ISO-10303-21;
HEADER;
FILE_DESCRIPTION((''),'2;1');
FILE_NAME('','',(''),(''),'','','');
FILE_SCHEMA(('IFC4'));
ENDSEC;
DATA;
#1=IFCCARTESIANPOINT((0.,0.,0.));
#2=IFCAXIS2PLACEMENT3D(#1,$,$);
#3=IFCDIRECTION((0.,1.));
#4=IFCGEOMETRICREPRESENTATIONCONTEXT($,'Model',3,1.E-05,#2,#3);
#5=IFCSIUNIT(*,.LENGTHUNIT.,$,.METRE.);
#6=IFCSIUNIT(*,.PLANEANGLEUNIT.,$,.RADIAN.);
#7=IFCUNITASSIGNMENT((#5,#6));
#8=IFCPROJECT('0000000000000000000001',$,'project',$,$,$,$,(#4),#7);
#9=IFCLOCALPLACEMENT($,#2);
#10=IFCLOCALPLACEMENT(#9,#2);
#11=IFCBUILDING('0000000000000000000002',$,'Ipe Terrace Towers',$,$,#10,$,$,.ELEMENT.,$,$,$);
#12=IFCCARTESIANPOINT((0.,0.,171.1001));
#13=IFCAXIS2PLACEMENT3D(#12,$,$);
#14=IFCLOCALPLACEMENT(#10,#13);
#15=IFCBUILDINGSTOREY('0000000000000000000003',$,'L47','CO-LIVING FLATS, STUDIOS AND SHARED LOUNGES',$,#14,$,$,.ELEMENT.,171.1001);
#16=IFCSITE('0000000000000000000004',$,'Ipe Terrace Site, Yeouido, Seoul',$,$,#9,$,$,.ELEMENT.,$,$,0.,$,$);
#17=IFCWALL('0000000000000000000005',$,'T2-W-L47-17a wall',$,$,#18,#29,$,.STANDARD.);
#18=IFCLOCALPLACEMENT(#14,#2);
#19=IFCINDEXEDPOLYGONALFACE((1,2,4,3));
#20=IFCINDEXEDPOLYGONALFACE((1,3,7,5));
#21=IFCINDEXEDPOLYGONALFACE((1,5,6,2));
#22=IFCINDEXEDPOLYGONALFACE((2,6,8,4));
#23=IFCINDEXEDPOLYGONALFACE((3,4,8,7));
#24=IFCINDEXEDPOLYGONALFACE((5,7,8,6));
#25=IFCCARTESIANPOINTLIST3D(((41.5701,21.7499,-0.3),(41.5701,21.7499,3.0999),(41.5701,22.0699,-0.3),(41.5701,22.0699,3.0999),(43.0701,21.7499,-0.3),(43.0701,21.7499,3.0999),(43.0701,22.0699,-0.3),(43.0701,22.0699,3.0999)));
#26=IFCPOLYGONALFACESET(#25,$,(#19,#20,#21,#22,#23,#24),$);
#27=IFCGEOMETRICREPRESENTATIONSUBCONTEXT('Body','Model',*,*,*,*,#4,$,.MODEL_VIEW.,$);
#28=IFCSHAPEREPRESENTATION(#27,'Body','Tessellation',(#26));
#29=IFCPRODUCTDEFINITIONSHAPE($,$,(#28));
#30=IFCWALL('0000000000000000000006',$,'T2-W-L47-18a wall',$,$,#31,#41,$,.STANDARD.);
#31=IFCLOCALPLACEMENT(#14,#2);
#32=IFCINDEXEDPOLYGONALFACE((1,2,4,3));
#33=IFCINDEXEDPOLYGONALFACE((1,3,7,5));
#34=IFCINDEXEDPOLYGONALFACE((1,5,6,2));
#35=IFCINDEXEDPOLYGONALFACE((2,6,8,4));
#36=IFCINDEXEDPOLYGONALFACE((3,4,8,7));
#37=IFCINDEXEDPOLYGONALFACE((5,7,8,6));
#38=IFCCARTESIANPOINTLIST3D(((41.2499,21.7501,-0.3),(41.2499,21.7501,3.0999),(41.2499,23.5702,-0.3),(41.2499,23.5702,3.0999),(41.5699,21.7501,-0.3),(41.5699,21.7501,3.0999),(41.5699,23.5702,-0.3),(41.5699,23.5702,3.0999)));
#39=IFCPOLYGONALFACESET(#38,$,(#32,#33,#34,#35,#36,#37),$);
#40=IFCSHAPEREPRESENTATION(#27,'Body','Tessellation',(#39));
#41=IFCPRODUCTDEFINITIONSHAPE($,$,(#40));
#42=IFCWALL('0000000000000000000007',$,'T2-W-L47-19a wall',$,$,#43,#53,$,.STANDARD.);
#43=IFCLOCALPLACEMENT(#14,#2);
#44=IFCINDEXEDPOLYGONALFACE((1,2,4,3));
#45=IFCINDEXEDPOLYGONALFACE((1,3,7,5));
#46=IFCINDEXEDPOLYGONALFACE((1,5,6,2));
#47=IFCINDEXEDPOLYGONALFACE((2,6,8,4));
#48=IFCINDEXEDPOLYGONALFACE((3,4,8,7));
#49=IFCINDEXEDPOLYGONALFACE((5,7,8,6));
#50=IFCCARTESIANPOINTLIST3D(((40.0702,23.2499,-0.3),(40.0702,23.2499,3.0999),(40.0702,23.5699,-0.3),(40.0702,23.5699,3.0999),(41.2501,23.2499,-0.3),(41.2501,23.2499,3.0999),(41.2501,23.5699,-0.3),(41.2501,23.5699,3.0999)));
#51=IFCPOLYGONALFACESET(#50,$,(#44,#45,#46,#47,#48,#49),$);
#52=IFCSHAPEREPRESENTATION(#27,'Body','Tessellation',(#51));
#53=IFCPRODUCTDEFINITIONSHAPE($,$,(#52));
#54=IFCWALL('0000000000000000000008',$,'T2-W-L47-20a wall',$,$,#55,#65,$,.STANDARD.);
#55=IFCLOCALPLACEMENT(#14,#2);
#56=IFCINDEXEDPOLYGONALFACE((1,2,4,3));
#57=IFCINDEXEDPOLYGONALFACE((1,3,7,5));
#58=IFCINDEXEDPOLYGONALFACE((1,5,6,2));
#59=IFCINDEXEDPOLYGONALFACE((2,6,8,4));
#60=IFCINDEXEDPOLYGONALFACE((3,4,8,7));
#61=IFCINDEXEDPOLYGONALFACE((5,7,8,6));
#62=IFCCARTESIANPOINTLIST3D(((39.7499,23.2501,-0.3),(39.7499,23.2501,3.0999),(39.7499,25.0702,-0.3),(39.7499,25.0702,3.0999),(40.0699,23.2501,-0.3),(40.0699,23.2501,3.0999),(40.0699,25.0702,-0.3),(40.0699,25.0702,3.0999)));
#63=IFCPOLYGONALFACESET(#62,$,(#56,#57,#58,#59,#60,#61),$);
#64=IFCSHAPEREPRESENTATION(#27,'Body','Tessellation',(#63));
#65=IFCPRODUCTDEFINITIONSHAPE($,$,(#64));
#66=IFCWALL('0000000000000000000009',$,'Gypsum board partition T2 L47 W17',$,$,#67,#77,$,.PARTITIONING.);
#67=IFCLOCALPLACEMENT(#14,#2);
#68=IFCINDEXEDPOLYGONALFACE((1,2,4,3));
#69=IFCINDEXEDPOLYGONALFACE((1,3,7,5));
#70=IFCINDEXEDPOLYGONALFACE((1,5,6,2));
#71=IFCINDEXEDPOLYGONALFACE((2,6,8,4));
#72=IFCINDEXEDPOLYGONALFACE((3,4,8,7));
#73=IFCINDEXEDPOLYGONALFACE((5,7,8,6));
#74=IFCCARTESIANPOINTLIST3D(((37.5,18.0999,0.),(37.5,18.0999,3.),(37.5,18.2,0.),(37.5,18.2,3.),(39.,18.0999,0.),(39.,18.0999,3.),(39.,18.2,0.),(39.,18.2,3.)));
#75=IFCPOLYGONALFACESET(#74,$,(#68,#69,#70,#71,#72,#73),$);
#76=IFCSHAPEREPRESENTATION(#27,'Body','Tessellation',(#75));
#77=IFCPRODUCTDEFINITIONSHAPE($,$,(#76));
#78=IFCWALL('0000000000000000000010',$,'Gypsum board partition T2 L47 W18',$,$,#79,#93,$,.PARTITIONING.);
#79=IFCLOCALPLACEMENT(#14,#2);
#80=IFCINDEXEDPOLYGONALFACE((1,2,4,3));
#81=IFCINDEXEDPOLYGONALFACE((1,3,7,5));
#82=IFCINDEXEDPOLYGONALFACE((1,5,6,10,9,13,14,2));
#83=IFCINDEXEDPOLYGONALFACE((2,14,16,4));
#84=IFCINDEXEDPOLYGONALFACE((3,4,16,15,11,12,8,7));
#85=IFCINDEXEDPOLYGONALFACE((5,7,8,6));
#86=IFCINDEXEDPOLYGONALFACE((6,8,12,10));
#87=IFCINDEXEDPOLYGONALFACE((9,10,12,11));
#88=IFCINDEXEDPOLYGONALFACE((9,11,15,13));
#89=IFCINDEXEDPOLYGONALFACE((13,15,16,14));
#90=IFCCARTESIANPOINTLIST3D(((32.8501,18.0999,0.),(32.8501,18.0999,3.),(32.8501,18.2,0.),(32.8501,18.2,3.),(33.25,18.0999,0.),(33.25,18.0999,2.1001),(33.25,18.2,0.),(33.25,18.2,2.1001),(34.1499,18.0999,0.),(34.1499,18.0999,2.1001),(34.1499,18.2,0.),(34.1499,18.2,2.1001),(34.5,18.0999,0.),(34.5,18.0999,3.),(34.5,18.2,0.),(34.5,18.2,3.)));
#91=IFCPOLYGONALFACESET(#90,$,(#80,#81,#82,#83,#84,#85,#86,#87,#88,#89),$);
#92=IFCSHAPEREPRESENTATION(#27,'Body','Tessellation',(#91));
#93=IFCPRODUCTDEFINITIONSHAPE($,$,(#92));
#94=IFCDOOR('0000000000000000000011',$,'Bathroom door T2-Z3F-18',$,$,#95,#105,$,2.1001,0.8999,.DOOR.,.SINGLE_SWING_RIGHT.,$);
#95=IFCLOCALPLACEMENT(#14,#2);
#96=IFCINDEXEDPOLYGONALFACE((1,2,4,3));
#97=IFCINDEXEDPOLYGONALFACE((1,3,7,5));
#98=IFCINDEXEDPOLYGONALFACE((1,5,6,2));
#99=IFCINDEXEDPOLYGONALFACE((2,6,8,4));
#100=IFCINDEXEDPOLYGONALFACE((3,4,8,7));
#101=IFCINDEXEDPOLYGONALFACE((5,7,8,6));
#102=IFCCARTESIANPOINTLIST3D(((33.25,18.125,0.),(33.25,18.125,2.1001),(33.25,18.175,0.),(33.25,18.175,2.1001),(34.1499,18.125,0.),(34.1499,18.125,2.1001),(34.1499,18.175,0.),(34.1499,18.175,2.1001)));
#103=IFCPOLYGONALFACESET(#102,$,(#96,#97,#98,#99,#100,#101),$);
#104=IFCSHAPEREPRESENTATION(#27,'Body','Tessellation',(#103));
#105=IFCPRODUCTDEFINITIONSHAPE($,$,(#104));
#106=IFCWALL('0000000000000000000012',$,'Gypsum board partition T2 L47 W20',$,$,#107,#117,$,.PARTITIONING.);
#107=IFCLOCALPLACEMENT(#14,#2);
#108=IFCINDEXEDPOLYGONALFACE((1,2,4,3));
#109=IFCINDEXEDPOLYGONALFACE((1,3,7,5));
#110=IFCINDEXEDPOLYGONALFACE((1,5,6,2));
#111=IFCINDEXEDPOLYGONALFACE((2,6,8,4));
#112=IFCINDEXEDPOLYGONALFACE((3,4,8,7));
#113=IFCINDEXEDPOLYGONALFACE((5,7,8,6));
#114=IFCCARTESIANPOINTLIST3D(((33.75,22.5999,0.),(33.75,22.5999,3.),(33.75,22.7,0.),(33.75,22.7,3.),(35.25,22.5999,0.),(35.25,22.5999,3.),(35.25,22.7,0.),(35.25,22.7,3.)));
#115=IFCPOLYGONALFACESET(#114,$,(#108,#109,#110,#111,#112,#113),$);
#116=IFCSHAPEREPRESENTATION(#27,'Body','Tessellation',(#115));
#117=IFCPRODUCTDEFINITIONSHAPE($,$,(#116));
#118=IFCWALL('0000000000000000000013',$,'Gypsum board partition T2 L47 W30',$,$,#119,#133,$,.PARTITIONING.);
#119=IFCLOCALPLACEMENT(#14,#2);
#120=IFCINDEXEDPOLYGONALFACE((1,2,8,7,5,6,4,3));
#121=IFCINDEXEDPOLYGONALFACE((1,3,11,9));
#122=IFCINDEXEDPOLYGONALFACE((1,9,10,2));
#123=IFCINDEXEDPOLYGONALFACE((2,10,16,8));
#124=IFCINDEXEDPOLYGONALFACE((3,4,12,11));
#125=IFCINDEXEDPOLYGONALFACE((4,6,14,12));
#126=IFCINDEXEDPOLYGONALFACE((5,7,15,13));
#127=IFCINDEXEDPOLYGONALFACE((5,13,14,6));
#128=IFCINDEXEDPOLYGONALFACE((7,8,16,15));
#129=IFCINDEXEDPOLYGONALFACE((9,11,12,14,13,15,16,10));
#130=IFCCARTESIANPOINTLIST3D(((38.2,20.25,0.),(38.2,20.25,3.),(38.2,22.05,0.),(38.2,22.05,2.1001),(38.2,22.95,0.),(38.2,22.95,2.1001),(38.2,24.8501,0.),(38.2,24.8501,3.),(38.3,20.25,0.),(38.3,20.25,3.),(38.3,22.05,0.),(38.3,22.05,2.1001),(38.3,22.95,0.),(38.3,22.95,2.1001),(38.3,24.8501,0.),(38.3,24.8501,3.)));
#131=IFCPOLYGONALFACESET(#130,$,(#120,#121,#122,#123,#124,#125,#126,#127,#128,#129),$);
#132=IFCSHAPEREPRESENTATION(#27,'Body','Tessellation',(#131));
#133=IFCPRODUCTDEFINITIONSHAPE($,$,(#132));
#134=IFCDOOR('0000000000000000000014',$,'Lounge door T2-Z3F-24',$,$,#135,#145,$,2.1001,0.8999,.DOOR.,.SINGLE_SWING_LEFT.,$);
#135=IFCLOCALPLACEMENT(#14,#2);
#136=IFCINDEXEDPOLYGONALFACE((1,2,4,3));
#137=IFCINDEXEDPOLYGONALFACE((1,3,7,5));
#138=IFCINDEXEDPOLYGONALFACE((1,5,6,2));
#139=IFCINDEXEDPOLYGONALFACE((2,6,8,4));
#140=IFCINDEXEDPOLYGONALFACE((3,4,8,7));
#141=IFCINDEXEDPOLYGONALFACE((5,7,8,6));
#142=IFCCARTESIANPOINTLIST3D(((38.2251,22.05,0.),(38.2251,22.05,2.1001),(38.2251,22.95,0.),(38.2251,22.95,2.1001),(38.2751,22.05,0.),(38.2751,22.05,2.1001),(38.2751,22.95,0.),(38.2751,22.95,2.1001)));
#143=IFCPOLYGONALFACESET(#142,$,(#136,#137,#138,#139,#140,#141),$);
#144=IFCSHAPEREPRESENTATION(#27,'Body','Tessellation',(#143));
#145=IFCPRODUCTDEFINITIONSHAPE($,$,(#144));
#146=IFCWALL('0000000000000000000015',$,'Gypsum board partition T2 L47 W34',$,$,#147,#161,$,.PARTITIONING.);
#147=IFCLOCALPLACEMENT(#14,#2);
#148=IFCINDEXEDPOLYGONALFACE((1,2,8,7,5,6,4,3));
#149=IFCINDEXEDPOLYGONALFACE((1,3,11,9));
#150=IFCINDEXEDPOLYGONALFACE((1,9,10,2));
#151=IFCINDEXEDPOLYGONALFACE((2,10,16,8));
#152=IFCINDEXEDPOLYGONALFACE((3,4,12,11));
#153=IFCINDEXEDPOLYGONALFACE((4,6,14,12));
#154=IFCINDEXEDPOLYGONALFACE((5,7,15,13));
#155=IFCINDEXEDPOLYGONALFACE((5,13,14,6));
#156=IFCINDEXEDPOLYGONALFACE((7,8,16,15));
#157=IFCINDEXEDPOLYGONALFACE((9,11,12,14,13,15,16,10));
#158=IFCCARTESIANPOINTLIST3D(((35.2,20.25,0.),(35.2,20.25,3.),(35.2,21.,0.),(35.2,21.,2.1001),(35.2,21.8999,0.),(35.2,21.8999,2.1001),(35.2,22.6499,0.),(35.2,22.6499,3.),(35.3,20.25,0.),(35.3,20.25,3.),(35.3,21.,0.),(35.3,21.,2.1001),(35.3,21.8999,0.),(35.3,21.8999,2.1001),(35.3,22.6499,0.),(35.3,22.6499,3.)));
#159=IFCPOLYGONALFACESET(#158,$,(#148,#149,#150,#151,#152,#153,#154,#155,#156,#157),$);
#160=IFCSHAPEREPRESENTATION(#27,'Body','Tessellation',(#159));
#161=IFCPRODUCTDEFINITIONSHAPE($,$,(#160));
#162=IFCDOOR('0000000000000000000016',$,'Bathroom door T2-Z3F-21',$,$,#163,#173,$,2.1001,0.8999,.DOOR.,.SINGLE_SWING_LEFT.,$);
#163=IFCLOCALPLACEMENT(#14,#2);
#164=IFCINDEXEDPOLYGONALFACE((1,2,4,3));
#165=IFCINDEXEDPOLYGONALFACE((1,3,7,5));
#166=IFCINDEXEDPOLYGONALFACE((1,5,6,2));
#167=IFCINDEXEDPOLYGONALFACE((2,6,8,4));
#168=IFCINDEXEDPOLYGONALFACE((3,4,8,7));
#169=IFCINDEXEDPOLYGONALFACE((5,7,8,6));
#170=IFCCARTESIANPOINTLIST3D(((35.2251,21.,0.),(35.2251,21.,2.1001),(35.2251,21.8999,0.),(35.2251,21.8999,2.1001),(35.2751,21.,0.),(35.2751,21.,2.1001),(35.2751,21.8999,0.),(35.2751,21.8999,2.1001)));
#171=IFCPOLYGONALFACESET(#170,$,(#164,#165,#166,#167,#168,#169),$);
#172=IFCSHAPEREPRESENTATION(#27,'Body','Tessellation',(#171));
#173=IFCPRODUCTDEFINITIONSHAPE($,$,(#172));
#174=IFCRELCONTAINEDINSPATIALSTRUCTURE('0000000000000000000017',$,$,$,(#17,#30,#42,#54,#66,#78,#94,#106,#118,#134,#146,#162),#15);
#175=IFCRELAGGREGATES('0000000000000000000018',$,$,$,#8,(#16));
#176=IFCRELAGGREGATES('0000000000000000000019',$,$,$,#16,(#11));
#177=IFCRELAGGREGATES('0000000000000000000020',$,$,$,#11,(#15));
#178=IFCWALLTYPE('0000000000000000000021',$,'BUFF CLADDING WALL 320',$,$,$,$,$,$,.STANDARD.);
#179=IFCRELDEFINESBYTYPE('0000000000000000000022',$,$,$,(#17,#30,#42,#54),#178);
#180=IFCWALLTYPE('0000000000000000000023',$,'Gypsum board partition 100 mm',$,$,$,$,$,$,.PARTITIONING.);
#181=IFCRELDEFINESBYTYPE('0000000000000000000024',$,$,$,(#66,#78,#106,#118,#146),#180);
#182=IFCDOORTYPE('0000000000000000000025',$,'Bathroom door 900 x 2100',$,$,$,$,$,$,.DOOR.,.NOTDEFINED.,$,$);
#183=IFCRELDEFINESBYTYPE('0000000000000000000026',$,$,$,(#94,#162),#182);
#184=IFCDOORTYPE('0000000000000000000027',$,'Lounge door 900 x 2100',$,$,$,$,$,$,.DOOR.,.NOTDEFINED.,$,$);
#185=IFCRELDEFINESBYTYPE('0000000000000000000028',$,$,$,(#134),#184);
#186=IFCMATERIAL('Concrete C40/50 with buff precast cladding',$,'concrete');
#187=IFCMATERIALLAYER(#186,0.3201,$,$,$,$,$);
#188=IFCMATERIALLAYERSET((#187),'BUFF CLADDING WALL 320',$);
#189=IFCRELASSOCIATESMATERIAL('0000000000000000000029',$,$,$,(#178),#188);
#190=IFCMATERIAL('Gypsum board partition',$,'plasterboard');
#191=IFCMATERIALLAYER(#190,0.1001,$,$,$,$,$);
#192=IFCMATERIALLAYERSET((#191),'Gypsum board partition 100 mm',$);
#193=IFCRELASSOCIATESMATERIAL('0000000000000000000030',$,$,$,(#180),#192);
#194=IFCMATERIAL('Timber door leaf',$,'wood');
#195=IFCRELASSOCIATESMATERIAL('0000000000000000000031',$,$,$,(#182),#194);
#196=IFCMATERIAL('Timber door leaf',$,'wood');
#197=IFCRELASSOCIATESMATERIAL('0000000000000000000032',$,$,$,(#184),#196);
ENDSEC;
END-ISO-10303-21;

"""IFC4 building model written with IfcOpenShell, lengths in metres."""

from ifc_helpers import new_model, si_unit, direction, frame, frame_2d, origin, place, context, subcontext, project, spatial, rectangle, extrude, material, layer, layer_set, type_object, element, fill, save


model = new_model("IFC4")

# Units and contexts
model_context = context("Model", 3, precision=1e-05, world=origin(), true_north=direction((0.0, 1.0)))
body_context = subcontext(model_context, "Body", "Model", "MODEL_VIEW")
ifc_project = project(units=[si_unit("LENGTHUNIT", "METRE"), si_unit("PLANEANGLEUNIT", "RADIAN")], contexts=[model_context])

# Site, building, storey
site_placement = place(None, origin())
site = spatial("IfcSite", under=ifc_project, at=site_placement, Name="Ipe Terrace Site, Yeouido, Seoul", CompositionType="ELEMENT", RefElevation=0.0)
building_placement = place(site_placement, origin())
building = spatial("IfcBuilding", under=site, at=building_placement, Name="Ipe Terrace Towers", CompositionType="ELEMENT")
storey_placement = place(building_placement, frame((0.0, 0.0, 171.1001)))
storey = spatial("IfcBuildingStorey", under=building, at=storey_placement, Name="L47", Description="CO-LIVING FLATS, STUDIOS AND SHARED LOUNGES", CompositionType="ELEMENT", Elevation=171.1001)

# Walls
ifc_material_1 = material(Name="Concrete C40/50 with buff precast cladding", Category="concrete")
ifc_layer_1 = layer(ifc_material_1, 0.3201)
ifc_layer_set_1 = layer_set([ifc_layer_1], Name="BUFF CLADDING WALL 320")
wall_type_1 = type_object("IfcWallType", Name="BUFF CLADDING WALL 320", PredefinedType="STANDARD", material=ifc_layer_set_1)
wall_1_placement = place(storey_placement, frame((43.0701, 21.9099, -0.3), z_axis=(0.0, 0.0, 1.0), x_axis=(-1.0, 0.0, 0.0)))
element("IfcWall", 1, at=wall_1_placement, inside=storey, type_object=wall_type_1, Name="T2-W-L47-17a wall", PredefinedType="STANDARD", context=body_context, shape_type="SweptSolid", body=[
    extrude(rectangle(XDim=1.5, YDim=0.3201, at=frame_2d((0.75, 0.0))), origin(), (0.0, 0.0, 1.0), 3.3999),
])
wall_2_placement = place(storey_placement, frame((41.4099, 21.75, -0.3), z_axis=(0.0, 0.0, 1.0), x_axis=(0.0, 1.0, 0.0)))
element("IfcWall", 2, at=wall_2_placement, inside=storey, type_object=wall_type_1, Name="T2-W-L47-18a wall", PredefinedType="STANDARD", context=body_context, shape_type="SweptSolid", body=[
    extrude(rectangle(XDim=1.8201, YDim=0.3201, at=frame_2d((0.9102, 0.0))), origin(), (0.0, 0.0, 1.0), 3.3999),
])
wall_3_placement = place(storey_placement, frame((41.25, 23.4099, -0.3), z_axis=(0.0, 0.0, 1.0), x_axis=(-1.0, 0.0, 0.0)))
element("IfcWall", 3, at=wall_3_placement, inside=storey, type_object=wall_type_1, Name="T2-W-L47-19a wall", PredefinedType="STANDARD", context=body_context, shape_type="SweptSolid", body=[
    extrude(rectangle(XDim=1.1799, YDim=0.3201, at=frame_2d((0.5898, 0.0))), origin(), (0.0, 0.0, 1.0), 3.3999),
])
wall_4_placement = place(storey_placement, frame((39.9099, 23.25, -0.3), z_axis=(0.0, 0.0, 1.0), x_axis=(0.0, 1.0, 0.0)))
element("IfcWall", 4, at=wall_4_placement, inside=storey, type_object=wall_type_1, Name="T2-W-L47-20a wall", PredefinedType="STANDARD", context=body_context, shape_type="SweptSolid", body=[
    extrude(rectangle(XDim=1.8201, YDim=0.3201, at=frame_2d((0.9102, 0.0))), origin(), (0.0, 0.0, 1.0), 3.3999),
])
ifc_material_2 = material(Name="Gypsum board partition", Category="plasterboard")
ifc_layer_2 = layer(ifc_material_2, 0.1001)
ifc_layer_set_2 = layer_set([ifc_layer_2], Name="Gypsum board partition 100 mm")
wall_type_2 = type_object("IfcWallType", Name="Gypsum board partition 100 mm", PredefinedType="PARTITIONING", material=ifc_layer_set_2)
wall_5_placement = place(storey_placement, frame((39.0, 18.1499, 0.0), z_axis=(0.0, 0.0, 1.0), x_axis=(-1.0, 0.0, 0.0)))
element("IfcWall", 5, at=wall_5_placement, inside=storey, type_object=wall_type_2, Name="Gypsum board partition T2 L47 W17", PredefinedType="PARTITIONING", context=body_context, shape_type="SweptSolid", body=[
    extrude(rectangle(XDim=1.5, YDim=0.1001, at=frame_2d((0.75, 0.0))), origin(), (0.0, 0.0, 1.0), 3.0),
])

# Wall, opening, door
wall_6_placement = place(storey_placement, frame((34.5, 18.1499, 0.0), z_axis=(0.0, 0.0, 1.0), x_axis=(-1.0, 0.0, 0.0)))
wall_6 = element("IfcWall", 6, at=wall_6_placement, inside=storey, type_object=wall_type_2, Name="Gypsum board partition T2 L47 W18", PredefinedType="PARTITIONING", context=body_context, shape_type="SweptSolid", body=[
    extrude(rectangle(XDim=1.6499, YDim=0.1001, at=frame_2d((0.825, 0.0))), origin(), (0.0, 0.0, 1.0), 3.0),
])
opening_1_placement = place(wall_6_placement, frame((0.3501, 0.0, 0.0)))
opening_1 = element("IfcOpeningElement", 7, at=opening_1_placement, cuts=wall_6, PredefinedType="OPENING", context=body_context, shape_type="SweptSolid", body=[
    extrude(rectangle(XDim=0.8999, YDim=2.1001, at=frame_2d((0.45, 1.05))), frame((0.0, 0.0601, 0.0), z_axis=(0.0, -1.0, 0.0), x_axis=(1.0, 0.0, 0.0)), (0.0, 0.0, 1.0), 0.1201),
])
ifc_material_3 = material(Name="Timber door leaf", Category="wood")
door_type_1 = type_object("IfcDoorType", Name="Bathroom door 900 x 2100", OperationType="NOTDEFINED", PredefinedType="DOOR", material=ifc_material_3)
door_1_placement = place(opening_1_placement, origin())
door_1 = element("IfcDoor", 8, at=door_1_placement, inside=storey, type_object=door_type_1, Name="Bathroom door T2-Z3F-18", OperationType="SINGLE_SWING_RIGHT", OverallHeight=2.1001, OverallWidth=0.8999, PredefinedType="DOOR", context=body_context, shape_type="SweptSolid", body=[
    extrude(rectangle(XDim=0.8999, YDim=2.1001, at=frame_2d((0.45, 1.05))), frame((0.0, 0.0249, 0.0), z_axis=(0.0, -1.0, 0.0), x_axis=(1.0, 0.0, 0.0)), (0.0, 0.0, 1.0), 0.05),
])
fill(opening_1, door_1)

# Wall
wall_7_placement = place(storey_placement, frame((35.25, 22.6499, 0.0), z_axis=(0.0, 0.0, 1.0), x_axis=(-1.0, 0.0, 0.0)))
element("IfcWall", 9, at=wall_7_placement, inside=storey, type_object=wall_type_2, Name="Gypsum board partition T2 L47 W20", PredefinedType="PARTITIONING", context=body_context, shape_type="SweptSolid", body=[
    extrude(rectangle(XDim=1.5, YDim=0.1001, at=frame_2d((0.75, 0.0))), origin(), (0.0, 0.0, 1.0), 3.0),
])

# Walls, openings, doors
wall_8_placement = place(storey_placement, frame((38.25, 20.25, 0.0), z_axis=(0.0, 0.0, 1.0), x_axis=(0.0, 1.0, 0.0)))
wall_8 = element("IfcWall", 10, at=wall_8_placement, inside=storey, type_object=wall_type_2, Name="Gypsum board partition T2 L47 W30", PredefinedType="PARTITIONING", context=body_context, shape_type="SweptSolid", body=[
    extrude(rectangle(XDim=4.6001, YDim=0.1001, at=frame_2d((2.3, 0.0))), origin(), (0.0, 0.0, 1.0), 3.0),
])
opening_2_placement = place(wall_8_placement, frame((1.8, 0.0, 0.0)))
opening_2 = element("IfcOpeningElement", 11, at=opening_2_placement, cuts=wall_8, PredefinedType="OPENING", context=body_context, shape_type="SweptSolid", body=[
    extrude(rectangle(XDim=0.8999, YDim=2.1001, at=frame_2d((0.45, 1.05))), frame((0.0, 0.0601, 0.0), z_axis=(0.0, -1.0, 0.0), x_axis=(1.0, 0.0, 0.0)), (0.0, 0.0, 1.0), 0.1201),
])
ifc_material_4 = material(Name="Timber door leaf", Category="wood")
door_type_2 = type_object("IfcDoorType", Name="Lounge door 900 x 2100", OperationType="NOTDEFINED", PredefinedType="DOOR", material=ifc_material_4)
door_2_placement = place(opening_2_placement, origin())
door_2 = element("IfcDoor", 12, at=door_2_placement, inside=storey, type_object=door_type_2, Name="Lounge door T2-Z3F-24", OperationType="SINGLE_SWING_LEFT", OverallHeight=2.1001, OverallWidth=0.8999, PredefinedType="DOOR", context=body_context, shape_type="SweptSolid", body=[
    extrude(rectangle(XDim=0.8999, YDim=2.1001, at=frame_2d((0.45, 1.05))), frame((0.0, 0.0249, 0.0), z_axis=(0.0, -1.0, 0.0), x_axis=(1.0, 0.0, 0.0)), (0.0, 0.0, 1.0), 0.05),
])
fill(opening_2, door_2)
wall_9_placement = place(storey_placement, frame((35.25, 20.25, 0.0), z_axis=(0.0, 0.0, 1.0), x_axis=(0.0, 1.0, 0.0)))
wall_9 = element("IfcWall", 13, at=wall_9_placement, inside=storey, type_object=wall_type_2, Name="Gypsum board partition T2 L47 W34", PredefinedType="PARTITIONING", context=body_context, shape_type="SweptSolid", body=[
    extrude(rectangle(XDim=2.3999, YDim=0.1001, at=frame_2d((1.2, 0.0))), origin(), (0.0, 0.0, 1.0), 3.0),
])
opening_3_placement = place(wall_9_placement, frame((0.75, 0.0, 0.0)))
opening_3 = element("IfcOpeningElement", 14, at=opening_3_placement, cuts=wall_9, PredefinedType="OPENING", context=body_context, shape_type="SweptSolid", body=[
    extrude(rectangle(XDim=0.8999, YDim=2.1001, at=frame_2d((0.45, 1.05))), frame((0.0, 0.0601, 0.0), z_axis=(0.0, -1.0, 0.0), x_axis=(1.0, 0.0, 0.0)), (0.0, 0.0, 1.0), 0.1201),
])
door_3_placement = place(opening_3_placement, origin())
door_3 = element("IfcDoor", 15, at=door_3_placement, inside=storey, type_object=door_type_1, Name="Bathroom door T2-Z3F-21", OperationType="SINGLE_SWING_LEFT", OverallHeight=2.1001, OverallWidth=0.8999, PredefinedType="DOOR", context=body_context, shape_type="SweptSolid", body=[
    extrude(rectangle(XDim=0.8999, YDim=2.1001, at=frame_2d((0.45, 1.05))), frame((0.0, 0.0249, 0.0), z_axis=(0.0, -1.0, 0.0), x_axis=(1.0, 0.0, 0.0)), (0.0, 0.0, 1.0), 0.05),
])
fill(opening_3, door_3)

save(model, "model.ifc")
